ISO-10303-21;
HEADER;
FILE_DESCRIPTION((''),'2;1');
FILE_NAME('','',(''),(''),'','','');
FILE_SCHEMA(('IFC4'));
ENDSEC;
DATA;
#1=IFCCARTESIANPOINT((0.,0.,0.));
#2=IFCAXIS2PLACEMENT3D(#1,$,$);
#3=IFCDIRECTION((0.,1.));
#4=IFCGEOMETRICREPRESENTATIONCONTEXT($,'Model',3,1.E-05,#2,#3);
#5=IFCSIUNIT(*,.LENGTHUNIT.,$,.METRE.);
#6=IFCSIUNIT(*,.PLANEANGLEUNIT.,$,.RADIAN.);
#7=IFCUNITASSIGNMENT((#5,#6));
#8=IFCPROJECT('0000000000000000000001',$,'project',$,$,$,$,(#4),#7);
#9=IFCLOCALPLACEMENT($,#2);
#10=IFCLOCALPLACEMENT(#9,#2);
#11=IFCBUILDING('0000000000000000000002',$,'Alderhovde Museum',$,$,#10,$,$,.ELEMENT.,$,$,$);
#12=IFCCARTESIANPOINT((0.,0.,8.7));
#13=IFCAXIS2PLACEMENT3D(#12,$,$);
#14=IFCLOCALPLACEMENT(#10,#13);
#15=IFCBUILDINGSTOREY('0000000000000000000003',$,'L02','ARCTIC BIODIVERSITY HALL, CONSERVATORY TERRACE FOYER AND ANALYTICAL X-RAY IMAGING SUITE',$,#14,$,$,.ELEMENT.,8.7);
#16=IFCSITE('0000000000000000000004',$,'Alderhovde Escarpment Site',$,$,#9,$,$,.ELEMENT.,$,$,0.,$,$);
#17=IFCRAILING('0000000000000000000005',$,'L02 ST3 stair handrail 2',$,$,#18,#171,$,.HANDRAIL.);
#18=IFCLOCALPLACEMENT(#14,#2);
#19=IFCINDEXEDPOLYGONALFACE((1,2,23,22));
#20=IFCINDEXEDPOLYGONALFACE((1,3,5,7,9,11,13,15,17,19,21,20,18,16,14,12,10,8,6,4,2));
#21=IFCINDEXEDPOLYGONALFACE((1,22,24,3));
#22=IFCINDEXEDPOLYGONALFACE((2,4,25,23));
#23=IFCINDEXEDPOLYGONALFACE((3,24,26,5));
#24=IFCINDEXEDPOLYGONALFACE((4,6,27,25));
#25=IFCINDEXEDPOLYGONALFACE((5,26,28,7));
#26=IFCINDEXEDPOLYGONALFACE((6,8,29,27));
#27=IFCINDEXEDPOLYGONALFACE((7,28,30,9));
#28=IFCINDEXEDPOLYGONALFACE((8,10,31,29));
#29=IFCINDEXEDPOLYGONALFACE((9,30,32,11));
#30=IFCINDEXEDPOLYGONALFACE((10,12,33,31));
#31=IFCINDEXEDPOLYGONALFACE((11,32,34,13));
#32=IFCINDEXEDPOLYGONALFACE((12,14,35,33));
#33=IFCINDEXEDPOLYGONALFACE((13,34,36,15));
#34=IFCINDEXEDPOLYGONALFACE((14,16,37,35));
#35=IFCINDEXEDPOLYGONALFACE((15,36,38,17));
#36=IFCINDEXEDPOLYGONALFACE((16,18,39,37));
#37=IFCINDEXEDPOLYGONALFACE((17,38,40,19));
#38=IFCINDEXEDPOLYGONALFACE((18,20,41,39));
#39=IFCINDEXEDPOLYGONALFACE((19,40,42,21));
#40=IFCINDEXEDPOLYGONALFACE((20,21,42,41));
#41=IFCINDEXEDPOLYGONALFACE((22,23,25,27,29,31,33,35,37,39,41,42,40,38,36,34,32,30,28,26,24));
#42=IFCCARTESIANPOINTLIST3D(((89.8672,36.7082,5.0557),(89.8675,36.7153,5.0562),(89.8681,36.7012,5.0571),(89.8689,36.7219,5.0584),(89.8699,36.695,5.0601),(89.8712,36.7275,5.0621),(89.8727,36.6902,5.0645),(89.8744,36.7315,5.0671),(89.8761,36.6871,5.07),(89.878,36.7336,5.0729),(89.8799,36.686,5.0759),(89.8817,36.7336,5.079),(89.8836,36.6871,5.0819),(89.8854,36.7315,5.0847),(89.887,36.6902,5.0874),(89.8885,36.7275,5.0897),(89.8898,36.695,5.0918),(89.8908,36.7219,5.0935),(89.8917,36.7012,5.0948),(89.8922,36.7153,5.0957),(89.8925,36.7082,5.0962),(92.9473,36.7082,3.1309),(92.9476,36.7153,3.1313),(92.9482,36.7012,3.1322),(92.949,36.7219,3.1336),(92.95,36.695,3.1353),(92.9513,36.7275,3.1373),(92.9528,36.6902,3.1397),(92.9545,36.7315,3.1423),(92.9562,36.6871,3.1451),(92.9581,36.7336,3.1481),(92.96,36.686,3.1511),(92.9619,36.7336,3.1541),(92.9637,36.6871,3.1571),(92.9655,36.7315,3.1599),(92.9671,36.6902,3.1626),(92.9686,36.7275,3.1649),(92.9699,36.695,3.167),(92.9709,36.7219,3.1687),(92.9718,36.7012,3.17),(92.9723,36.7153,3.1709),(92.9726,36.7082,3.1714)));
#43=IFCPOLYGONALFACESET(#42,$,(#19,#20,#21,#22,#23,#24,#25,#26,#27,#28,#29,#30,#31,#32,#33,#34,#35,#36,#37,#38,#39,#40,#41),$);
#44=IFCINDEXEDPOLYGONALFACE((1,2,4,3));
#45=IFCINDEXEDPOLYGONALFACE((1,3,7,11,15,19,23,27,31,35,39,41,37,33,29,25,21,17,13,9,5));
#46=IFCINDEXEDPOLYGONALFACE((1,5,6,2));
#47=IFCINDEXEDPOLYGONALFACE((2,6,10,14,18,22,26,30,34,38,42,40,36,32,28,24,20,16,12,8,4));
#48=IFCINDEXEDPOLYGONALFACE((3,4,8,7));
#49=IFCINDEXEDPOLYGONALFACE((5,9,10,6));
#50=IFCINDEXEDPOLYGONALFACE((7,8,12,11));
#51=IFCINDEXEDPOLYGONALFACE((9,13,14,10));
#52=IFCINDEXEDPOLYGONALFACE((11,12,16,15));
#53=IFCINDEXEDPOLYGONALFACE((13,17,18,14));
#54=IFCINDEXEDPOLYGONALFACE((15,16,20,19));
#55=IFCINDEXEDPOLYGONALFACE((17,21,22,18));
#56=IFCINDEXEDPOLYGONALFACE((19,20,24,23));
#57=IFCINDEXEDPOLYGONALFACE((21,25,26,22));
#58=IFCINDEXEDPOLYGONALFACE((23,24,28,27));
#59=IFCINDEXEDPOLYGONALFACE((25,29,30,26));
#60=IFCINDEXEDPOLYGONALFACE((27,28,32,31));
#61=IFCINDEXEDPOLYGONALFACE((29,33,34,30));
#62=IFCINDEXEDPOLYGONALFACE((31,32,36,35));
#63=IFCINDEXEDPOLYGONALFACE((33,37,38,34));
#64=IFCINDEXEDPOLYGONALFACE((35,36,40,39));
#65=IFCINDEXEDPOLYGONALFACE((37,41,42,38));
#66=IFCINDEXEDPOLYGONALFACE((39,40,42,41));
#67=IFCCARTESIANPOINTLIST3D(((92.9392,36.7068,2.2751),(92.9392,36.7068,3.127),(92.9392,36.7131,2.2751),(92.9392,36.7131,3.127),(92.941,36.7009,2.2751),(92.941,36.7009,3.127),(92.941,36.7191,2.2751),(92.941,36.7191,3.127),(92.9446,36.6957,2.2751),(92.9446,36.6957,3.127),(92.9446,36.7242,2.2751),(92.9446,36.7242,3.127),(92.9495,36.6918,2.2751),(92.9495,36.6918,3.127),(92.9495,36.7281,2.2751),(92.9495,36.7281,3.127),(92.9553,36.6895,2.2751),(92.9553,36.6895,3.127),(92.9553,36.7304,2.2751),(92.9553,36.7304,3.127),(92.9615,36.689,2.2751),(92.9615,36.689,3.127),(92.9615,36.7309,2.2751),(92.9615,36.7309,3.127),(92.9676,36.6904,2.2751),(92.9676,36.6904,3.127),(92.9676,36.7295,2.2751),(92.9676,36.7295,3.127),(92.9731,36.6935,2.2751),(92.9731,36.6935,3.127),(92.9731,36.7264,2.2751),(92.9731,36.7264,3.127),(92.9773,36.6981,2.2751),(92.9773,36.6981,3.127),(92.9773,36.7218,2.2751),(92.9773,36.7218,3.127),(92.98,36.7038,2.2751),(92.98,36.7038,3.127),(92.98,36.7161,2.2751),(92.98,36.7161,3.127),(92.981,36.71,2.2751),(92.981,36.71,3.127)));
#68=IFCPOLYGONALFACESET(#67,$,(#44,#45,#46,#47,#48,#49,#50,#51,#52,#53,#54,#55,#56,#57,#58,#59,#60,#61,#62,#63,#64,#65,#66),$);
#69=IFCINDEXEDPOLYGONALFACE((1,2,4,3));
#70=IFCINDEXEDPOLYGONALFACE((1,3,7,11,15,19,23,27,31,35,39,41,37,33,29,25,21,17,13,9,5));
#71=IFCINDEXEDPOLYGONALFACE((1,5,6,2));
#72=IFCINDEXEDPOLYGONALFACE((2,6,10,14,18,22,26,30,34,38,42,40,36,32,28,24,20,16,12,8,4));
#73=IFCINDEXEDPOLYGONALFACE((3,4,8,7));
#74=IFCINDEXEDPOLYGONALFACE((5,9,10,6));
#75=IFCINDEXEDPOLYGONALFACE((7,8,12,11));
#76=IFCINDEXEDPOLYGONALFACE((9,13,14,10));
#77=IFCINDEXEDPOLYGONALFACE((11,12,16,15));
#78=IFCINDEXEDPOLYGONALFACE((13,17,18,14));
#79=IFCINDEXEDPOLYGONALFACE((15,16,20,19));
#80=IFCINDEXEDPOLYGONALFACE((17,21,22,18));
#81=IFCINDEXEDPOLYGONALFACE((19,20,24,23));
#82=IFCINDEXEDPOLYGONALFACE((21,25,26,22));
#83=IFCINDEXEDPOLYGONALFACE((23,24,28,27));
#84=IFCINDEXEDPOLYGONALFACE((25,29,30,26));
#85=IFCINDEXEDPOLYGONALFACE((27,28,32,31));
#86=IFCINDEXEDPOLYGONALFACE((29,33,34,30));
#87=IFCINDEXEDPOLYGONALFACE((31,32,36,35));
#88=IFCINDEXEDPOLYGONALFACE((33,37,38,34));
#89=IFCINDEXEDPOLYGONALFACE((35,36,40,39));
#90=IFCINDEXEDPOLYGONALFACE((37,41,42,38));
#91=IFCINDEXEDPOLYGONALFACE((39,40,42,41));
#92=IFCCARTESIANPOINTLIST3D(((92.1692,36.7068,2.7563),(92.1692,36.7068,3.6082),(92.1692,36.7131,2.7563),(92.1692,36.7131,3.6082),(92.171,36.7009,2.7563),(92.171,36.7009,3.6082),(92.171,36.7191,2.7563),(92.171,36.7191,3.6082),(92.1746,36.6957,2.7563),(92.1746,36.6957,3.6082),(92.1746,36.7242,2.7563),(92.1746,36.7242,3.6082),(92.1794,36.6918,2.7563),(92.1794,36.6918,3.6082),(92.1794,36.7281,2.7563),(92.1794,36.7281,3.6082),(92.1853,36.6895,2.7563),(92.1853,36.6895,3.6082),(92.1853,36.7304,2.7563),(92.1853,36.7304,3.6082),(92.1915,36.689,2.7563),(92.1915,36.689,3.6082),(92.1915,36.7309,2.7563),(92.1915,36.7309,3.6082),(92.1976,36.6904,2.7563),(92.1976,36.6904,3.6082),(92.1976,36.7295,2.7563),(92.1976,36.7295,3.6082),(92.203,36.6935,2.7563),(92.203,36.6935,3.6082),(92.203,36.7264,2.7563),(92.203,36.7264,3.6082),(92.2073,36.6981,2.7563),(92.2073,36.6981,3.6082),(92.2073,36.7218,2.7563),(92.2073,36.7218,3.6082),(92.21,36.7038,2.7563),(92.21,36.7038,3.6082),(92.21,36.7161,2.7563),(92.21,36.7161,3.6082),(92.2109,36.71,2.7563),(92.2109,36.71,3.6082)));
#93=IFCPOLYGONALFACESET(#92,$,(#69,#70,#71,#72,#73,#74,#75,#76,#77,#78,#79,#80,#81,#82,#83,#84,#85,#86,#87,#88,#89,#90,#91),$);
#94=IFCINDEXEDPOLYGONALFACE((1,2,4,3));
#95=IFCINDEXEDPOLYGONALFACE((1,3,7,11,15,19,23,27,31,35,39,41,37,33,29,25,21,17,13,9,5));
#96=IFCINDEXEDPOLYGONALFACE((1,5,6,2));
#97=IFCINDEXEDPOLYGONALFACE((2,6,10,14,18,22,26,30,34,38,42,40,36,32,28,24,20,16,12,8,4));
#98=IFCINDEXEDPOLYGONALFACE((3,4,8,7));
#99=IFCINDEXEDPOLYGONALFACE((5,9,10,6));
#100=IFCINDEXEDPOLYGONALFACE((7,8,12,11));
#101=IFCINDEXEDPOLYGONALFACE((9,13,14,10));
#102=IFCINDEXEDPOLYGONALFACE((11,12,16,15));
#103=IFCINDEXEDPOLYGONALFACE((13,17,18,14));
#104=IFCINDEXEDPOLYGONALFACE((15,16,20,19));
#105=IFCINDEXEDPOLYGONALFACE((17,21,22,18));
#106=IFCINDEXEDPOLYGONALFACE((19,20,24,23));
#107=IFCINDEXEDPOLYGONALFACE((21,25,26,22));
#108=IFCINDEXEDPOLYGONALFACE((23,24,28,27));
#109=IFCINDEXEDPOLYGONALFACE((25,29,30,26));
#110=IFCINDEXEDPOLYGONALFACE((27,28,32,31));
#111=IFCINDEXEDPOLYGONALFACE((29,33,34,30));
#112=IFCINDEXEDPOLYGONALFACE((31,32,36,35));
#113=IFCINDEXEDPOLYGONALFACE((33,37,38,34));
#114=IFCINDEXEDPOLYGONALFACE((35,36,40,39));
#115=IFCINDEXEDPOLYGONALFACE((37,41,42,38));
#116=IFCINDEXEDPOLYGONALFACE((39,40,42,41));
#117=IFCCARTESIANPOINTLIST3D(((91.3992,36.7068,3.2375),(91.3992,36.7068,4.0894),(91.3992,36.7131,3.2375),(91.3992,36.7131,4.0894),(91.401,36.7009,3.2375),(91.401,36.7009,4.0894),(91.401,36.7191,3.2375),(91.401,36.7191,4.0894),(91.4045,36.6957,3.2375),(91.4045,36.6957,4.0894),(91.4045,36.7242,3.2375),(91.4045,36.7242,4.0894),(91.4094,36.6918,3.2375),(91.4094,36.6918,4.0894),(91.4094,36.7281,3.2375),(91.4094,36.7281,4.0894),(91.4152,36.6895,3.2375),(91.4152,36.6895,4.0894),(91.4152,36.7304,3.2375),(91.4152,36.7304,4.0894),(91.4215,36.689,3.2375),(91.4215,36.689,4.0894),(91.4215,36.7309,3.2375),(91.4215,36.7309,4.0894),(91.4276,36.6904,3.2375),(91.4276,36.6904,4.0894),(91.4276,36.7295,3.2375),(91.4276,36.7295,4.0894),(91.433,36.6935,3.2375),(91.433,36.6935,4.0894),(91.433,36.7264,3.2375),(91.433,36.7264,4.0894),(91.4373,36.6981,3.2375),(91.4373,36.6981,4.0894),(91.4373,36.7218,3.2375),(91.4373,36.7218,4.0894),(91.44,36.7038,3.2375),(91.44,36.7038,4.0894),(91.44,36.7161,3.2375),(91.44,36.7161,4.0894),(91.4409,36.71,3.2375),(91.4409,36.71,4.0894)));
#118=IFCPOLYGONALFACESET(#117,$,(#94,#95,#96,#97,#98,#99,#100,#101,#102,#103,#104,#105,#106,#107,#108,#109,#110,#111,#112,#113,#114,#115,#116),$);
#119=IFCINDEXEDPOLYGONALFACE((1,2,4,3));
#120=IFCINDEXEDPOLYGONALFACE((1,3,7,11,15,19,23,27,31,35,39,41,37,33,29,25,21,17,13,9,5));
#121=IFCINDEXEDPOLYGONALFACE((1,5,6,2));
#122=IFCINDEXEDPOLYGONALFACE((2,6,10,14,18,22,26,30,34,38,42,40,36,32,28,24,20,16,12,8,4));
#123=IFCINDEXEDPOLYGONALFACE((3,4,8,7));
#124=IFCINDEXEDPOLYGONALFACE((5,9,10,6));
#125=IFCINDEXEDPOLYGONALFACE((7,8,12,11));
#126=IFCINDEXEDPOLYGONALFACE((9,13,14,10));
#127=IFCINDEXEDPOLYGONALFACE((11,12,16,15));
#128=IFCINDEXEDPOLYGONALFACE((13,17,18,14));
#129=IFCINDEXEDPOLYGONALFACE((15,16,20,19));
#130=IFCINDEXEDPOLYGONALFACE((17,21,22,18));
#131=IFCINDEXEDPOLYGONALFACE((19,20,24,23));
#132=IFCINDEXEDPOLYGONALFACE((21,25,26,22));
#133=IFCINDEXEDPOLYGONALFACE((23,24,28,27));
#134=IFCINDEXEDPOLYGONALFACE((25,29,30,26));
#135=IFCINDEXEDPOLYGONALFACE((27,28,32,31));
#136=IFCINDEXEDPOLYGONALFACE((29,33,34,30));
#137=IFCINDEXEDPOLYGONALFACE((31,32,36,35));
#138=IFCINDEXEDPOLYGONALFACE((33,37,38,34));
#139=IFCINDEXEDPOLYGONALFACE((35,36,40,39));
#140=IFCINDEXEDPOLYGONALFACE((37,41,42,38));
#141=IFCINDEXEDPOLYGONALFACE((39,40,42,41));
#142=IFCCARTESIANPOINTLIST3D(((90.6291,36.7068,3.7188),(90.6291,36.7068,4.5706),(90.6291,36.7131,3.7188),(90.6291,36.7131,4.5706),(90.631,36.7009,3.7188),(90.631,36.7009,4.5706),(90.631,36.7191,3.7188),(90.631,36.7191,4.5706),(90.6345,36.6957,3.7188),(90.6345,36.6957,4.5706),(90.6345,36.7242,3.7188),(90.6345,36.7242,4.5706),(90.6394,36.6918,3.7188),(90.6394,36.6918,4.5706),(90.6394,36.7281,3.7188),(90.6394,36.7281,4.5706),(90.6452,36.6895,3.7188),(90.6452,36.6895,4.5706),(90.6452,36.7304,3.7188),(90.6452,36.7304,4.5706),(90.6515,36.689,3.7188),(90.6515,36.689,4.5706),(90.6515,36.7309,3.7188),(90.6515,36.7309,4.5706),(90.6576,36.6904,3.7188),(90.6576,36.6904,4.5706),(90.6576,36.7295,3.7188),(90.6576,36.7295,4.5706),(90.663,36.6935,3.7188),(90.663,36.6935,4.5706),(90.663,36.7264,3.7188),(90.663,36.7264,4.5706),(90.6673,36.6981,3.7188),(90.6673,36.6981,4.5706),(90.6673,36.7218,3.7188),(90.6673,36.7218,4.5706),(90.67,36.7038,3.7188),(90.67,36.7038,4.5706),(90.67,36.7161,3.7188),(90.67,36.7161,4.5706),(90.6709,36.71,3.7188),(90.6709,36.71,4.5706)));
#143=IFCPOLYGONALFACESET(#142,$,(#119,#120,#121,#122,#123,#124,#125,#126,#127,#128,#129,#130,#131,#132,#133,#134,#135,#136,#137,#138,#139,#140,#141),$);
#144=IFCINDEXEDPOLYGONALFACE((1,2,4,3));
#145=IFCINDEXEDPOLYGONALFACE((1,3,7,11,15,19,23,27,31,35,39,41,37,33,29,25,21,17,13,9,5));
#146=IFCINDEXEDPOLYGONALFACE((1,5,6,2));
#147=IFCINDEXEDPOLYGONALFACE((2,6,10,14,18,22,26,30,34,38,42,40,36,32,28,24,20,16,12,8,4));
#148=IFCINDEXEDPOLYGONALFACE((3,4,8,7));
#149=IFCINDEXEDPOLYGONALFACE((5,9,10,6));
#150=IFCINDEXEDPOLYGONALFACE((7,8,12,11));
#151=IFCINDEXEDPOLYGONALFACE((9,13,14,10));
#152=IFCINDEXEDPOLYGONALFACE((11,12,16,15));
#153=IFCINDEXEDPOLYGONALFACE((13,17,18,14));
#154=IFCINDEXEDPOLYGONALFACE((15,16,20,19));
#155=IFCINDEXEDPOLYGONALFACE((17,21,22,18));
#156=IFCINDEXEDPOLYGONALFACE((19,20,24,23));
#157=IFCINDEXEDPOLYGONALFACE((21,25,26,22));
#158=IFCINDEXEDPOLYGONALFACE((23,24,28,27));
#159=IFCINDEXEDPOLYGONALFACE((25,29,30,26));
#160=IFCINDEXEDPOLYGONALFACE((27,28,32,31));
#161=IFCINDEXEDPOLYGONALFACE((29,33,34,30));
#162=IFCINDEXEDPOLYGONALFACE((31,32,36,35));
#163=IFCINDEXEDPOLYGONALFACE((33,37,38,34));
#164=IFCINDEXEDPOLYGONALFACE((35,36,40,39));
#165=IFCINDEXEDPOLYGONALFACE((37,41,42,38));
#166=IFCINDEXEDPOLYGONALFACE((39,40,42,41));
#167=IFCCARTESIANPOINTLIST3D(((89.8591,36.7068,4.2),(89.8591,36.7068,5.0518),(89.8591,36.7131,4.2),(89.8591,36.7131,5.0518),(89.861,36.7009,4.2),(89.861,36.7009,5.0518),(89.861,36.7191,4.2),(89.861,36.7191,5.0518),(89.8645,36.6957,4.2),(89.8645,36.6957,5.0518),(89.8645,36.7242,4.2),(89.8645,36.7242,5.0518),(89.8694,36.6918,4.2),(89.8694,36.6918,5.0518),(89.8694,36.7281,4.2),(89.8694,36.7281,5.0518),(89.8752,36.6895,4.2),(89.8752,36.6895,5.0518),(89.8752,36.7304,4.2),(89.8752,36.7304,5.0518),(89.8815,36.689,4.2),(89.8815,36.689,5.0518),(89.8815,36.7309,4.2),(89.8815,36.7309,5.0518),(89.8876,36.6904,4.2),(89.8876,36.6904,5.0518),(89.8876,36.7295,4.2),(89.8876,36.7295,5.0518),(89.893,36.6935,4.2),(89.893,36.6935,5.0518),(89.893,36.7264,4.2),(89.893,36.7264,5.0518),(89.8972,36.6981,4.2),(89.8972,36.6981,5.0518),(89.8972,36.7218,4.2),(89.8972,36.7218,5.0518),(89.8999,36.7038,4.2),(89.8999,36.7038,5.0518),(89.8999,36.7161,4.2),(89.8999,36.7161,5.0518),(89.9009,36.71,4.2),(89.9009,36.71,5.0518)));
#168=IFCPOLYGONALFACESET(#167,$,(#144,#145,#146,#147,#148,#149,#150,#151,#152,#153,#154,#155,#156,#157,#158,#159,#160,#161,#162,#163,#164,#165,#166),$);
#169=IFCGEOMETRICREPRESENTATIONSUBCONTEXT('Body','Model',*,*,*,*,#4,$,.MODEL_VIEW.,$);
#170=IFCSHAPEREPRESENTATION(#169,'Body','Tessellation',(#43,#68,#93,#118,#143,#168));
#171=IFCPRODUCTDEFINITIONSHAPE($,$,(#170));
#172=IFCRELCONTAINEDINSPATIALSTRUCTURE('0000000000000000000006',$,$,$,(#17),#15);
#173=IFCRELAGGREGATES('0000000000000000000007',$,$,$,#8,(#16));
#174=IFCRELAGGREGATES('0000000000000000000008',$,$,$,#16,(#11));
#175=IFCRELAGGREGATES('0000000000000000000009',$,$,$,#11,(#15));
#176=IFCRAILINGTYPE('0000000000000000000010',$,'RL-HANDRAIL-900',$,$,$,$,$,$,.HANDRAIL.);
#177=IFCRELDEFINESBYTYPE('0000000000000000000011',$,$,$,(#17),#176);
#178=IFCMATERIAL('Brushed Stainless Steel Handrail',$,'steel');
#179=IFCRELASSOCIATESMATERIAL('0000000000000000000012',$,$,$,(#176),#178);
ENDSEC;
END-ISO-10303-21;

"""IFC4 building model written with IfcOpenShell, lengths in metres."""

from ifc_helpers import new_model, si_unit, direction, frame, origin, origin_2d, place, context, subcontext, project, spatial, circle, extrude, material, type_object, element, save


model = new_model("IFC4")

# Units and contexts
model_context = context("Model", 3, precision=1e-05, world=origin(), true_north=direction((0.0, 1.0)))
body_context = subcontext(model_context, "Body", "Model", "MODEL_VIEW")
ifc_project = project(units=[si_unit("LENGTHUNIT", "METRE"), si_unit("PLANEANGLEUNIT", "RADIAN")], contexts=[model_context])

# Site, building, storey
site_placement = place(None, origin())
site = spatial("IfcSite", under=ifc_project, at=site_placement, Name="Alderhovde Escarpment Site", CompositionType="ELEMENT", RefElevation=0.0)
building_placement = place(site_placement, origin())
building = spatial("IfcBuilding", under=site, at=building_placement, Name="Alderhovde Museum", CompositionType="ELEMENT")
storey_placement = place(building_placement, frame((0.0, 0.0, 8.7)))
storey = spatial("IfcBuildingStorey", under=building, at=storey_placement, Name="L02", Description="ARCTIC BIODIVERSITY HALL, CONSERVATORY TERRACE FOYER AND ANALYTICAL X-RAY IMAGING SUITE", CompositionType="ELEMENT", Elevation=8.7)

# Railing
ifc_material_1 = material(Name="Brushed Stainless Steel Handrail", Category="steel")
railing_type_1 = type_object("IfcRailingType", Name="RL-HANDRAIL-900", PredefinedType="HANDRAIL", material=ifc_material_1)
railing_1_placement = place(storey_placement, frame((92.96, 36.71, 2.2751)))
element("IfcRailing", 1, at=railing_1_placement, inside=storey, type_object=railing_type_1, Name="L02 ST3 stair handrail 2", PredefinedType="HANDRAIL", context=body_context, shape_type="SweptSolid", body=[
    extrude(circle(Radius=0.0239, at=origin_2d()), frame((0.0, 0.0, 0.876), z_axis=(-0.848029, 0.0, 0.529951), x_axis=(0.0, -1.0, 0.0)), (0.0, 0.0, 1.0), 3.6321),
    extrude(circle(Radius=0.021, at=origin_2d()), origin(), (0.0, 0.0, 1.0), 0.8518),
    extrude(circle(Radius=0.021, at=origin_2d()), frame((-0.77, 0.0, 0.4812)), (0.0, 0.0, 1.0), 0.8518),
    extrude(circle(Radius=0.021, at=origin_2d()), frame((-1.54, 0.0, 0.9624)), (0.0, 0.0, 1.0), 0.8518),
    extrude(circle(Radius=0.021, at=origin_2d()), frame((-2.3101, 0.0, 1.4436)), (0.0, 0.0, 1.0), 0.8518),
    extrude(circle(Radius=0.021, at=origin_2d()), frame((-3.0801, 0.0, 1.9248)), (0.0, 0.0, 1.0), 0.8518),
])

save(model, "model.ifc")
